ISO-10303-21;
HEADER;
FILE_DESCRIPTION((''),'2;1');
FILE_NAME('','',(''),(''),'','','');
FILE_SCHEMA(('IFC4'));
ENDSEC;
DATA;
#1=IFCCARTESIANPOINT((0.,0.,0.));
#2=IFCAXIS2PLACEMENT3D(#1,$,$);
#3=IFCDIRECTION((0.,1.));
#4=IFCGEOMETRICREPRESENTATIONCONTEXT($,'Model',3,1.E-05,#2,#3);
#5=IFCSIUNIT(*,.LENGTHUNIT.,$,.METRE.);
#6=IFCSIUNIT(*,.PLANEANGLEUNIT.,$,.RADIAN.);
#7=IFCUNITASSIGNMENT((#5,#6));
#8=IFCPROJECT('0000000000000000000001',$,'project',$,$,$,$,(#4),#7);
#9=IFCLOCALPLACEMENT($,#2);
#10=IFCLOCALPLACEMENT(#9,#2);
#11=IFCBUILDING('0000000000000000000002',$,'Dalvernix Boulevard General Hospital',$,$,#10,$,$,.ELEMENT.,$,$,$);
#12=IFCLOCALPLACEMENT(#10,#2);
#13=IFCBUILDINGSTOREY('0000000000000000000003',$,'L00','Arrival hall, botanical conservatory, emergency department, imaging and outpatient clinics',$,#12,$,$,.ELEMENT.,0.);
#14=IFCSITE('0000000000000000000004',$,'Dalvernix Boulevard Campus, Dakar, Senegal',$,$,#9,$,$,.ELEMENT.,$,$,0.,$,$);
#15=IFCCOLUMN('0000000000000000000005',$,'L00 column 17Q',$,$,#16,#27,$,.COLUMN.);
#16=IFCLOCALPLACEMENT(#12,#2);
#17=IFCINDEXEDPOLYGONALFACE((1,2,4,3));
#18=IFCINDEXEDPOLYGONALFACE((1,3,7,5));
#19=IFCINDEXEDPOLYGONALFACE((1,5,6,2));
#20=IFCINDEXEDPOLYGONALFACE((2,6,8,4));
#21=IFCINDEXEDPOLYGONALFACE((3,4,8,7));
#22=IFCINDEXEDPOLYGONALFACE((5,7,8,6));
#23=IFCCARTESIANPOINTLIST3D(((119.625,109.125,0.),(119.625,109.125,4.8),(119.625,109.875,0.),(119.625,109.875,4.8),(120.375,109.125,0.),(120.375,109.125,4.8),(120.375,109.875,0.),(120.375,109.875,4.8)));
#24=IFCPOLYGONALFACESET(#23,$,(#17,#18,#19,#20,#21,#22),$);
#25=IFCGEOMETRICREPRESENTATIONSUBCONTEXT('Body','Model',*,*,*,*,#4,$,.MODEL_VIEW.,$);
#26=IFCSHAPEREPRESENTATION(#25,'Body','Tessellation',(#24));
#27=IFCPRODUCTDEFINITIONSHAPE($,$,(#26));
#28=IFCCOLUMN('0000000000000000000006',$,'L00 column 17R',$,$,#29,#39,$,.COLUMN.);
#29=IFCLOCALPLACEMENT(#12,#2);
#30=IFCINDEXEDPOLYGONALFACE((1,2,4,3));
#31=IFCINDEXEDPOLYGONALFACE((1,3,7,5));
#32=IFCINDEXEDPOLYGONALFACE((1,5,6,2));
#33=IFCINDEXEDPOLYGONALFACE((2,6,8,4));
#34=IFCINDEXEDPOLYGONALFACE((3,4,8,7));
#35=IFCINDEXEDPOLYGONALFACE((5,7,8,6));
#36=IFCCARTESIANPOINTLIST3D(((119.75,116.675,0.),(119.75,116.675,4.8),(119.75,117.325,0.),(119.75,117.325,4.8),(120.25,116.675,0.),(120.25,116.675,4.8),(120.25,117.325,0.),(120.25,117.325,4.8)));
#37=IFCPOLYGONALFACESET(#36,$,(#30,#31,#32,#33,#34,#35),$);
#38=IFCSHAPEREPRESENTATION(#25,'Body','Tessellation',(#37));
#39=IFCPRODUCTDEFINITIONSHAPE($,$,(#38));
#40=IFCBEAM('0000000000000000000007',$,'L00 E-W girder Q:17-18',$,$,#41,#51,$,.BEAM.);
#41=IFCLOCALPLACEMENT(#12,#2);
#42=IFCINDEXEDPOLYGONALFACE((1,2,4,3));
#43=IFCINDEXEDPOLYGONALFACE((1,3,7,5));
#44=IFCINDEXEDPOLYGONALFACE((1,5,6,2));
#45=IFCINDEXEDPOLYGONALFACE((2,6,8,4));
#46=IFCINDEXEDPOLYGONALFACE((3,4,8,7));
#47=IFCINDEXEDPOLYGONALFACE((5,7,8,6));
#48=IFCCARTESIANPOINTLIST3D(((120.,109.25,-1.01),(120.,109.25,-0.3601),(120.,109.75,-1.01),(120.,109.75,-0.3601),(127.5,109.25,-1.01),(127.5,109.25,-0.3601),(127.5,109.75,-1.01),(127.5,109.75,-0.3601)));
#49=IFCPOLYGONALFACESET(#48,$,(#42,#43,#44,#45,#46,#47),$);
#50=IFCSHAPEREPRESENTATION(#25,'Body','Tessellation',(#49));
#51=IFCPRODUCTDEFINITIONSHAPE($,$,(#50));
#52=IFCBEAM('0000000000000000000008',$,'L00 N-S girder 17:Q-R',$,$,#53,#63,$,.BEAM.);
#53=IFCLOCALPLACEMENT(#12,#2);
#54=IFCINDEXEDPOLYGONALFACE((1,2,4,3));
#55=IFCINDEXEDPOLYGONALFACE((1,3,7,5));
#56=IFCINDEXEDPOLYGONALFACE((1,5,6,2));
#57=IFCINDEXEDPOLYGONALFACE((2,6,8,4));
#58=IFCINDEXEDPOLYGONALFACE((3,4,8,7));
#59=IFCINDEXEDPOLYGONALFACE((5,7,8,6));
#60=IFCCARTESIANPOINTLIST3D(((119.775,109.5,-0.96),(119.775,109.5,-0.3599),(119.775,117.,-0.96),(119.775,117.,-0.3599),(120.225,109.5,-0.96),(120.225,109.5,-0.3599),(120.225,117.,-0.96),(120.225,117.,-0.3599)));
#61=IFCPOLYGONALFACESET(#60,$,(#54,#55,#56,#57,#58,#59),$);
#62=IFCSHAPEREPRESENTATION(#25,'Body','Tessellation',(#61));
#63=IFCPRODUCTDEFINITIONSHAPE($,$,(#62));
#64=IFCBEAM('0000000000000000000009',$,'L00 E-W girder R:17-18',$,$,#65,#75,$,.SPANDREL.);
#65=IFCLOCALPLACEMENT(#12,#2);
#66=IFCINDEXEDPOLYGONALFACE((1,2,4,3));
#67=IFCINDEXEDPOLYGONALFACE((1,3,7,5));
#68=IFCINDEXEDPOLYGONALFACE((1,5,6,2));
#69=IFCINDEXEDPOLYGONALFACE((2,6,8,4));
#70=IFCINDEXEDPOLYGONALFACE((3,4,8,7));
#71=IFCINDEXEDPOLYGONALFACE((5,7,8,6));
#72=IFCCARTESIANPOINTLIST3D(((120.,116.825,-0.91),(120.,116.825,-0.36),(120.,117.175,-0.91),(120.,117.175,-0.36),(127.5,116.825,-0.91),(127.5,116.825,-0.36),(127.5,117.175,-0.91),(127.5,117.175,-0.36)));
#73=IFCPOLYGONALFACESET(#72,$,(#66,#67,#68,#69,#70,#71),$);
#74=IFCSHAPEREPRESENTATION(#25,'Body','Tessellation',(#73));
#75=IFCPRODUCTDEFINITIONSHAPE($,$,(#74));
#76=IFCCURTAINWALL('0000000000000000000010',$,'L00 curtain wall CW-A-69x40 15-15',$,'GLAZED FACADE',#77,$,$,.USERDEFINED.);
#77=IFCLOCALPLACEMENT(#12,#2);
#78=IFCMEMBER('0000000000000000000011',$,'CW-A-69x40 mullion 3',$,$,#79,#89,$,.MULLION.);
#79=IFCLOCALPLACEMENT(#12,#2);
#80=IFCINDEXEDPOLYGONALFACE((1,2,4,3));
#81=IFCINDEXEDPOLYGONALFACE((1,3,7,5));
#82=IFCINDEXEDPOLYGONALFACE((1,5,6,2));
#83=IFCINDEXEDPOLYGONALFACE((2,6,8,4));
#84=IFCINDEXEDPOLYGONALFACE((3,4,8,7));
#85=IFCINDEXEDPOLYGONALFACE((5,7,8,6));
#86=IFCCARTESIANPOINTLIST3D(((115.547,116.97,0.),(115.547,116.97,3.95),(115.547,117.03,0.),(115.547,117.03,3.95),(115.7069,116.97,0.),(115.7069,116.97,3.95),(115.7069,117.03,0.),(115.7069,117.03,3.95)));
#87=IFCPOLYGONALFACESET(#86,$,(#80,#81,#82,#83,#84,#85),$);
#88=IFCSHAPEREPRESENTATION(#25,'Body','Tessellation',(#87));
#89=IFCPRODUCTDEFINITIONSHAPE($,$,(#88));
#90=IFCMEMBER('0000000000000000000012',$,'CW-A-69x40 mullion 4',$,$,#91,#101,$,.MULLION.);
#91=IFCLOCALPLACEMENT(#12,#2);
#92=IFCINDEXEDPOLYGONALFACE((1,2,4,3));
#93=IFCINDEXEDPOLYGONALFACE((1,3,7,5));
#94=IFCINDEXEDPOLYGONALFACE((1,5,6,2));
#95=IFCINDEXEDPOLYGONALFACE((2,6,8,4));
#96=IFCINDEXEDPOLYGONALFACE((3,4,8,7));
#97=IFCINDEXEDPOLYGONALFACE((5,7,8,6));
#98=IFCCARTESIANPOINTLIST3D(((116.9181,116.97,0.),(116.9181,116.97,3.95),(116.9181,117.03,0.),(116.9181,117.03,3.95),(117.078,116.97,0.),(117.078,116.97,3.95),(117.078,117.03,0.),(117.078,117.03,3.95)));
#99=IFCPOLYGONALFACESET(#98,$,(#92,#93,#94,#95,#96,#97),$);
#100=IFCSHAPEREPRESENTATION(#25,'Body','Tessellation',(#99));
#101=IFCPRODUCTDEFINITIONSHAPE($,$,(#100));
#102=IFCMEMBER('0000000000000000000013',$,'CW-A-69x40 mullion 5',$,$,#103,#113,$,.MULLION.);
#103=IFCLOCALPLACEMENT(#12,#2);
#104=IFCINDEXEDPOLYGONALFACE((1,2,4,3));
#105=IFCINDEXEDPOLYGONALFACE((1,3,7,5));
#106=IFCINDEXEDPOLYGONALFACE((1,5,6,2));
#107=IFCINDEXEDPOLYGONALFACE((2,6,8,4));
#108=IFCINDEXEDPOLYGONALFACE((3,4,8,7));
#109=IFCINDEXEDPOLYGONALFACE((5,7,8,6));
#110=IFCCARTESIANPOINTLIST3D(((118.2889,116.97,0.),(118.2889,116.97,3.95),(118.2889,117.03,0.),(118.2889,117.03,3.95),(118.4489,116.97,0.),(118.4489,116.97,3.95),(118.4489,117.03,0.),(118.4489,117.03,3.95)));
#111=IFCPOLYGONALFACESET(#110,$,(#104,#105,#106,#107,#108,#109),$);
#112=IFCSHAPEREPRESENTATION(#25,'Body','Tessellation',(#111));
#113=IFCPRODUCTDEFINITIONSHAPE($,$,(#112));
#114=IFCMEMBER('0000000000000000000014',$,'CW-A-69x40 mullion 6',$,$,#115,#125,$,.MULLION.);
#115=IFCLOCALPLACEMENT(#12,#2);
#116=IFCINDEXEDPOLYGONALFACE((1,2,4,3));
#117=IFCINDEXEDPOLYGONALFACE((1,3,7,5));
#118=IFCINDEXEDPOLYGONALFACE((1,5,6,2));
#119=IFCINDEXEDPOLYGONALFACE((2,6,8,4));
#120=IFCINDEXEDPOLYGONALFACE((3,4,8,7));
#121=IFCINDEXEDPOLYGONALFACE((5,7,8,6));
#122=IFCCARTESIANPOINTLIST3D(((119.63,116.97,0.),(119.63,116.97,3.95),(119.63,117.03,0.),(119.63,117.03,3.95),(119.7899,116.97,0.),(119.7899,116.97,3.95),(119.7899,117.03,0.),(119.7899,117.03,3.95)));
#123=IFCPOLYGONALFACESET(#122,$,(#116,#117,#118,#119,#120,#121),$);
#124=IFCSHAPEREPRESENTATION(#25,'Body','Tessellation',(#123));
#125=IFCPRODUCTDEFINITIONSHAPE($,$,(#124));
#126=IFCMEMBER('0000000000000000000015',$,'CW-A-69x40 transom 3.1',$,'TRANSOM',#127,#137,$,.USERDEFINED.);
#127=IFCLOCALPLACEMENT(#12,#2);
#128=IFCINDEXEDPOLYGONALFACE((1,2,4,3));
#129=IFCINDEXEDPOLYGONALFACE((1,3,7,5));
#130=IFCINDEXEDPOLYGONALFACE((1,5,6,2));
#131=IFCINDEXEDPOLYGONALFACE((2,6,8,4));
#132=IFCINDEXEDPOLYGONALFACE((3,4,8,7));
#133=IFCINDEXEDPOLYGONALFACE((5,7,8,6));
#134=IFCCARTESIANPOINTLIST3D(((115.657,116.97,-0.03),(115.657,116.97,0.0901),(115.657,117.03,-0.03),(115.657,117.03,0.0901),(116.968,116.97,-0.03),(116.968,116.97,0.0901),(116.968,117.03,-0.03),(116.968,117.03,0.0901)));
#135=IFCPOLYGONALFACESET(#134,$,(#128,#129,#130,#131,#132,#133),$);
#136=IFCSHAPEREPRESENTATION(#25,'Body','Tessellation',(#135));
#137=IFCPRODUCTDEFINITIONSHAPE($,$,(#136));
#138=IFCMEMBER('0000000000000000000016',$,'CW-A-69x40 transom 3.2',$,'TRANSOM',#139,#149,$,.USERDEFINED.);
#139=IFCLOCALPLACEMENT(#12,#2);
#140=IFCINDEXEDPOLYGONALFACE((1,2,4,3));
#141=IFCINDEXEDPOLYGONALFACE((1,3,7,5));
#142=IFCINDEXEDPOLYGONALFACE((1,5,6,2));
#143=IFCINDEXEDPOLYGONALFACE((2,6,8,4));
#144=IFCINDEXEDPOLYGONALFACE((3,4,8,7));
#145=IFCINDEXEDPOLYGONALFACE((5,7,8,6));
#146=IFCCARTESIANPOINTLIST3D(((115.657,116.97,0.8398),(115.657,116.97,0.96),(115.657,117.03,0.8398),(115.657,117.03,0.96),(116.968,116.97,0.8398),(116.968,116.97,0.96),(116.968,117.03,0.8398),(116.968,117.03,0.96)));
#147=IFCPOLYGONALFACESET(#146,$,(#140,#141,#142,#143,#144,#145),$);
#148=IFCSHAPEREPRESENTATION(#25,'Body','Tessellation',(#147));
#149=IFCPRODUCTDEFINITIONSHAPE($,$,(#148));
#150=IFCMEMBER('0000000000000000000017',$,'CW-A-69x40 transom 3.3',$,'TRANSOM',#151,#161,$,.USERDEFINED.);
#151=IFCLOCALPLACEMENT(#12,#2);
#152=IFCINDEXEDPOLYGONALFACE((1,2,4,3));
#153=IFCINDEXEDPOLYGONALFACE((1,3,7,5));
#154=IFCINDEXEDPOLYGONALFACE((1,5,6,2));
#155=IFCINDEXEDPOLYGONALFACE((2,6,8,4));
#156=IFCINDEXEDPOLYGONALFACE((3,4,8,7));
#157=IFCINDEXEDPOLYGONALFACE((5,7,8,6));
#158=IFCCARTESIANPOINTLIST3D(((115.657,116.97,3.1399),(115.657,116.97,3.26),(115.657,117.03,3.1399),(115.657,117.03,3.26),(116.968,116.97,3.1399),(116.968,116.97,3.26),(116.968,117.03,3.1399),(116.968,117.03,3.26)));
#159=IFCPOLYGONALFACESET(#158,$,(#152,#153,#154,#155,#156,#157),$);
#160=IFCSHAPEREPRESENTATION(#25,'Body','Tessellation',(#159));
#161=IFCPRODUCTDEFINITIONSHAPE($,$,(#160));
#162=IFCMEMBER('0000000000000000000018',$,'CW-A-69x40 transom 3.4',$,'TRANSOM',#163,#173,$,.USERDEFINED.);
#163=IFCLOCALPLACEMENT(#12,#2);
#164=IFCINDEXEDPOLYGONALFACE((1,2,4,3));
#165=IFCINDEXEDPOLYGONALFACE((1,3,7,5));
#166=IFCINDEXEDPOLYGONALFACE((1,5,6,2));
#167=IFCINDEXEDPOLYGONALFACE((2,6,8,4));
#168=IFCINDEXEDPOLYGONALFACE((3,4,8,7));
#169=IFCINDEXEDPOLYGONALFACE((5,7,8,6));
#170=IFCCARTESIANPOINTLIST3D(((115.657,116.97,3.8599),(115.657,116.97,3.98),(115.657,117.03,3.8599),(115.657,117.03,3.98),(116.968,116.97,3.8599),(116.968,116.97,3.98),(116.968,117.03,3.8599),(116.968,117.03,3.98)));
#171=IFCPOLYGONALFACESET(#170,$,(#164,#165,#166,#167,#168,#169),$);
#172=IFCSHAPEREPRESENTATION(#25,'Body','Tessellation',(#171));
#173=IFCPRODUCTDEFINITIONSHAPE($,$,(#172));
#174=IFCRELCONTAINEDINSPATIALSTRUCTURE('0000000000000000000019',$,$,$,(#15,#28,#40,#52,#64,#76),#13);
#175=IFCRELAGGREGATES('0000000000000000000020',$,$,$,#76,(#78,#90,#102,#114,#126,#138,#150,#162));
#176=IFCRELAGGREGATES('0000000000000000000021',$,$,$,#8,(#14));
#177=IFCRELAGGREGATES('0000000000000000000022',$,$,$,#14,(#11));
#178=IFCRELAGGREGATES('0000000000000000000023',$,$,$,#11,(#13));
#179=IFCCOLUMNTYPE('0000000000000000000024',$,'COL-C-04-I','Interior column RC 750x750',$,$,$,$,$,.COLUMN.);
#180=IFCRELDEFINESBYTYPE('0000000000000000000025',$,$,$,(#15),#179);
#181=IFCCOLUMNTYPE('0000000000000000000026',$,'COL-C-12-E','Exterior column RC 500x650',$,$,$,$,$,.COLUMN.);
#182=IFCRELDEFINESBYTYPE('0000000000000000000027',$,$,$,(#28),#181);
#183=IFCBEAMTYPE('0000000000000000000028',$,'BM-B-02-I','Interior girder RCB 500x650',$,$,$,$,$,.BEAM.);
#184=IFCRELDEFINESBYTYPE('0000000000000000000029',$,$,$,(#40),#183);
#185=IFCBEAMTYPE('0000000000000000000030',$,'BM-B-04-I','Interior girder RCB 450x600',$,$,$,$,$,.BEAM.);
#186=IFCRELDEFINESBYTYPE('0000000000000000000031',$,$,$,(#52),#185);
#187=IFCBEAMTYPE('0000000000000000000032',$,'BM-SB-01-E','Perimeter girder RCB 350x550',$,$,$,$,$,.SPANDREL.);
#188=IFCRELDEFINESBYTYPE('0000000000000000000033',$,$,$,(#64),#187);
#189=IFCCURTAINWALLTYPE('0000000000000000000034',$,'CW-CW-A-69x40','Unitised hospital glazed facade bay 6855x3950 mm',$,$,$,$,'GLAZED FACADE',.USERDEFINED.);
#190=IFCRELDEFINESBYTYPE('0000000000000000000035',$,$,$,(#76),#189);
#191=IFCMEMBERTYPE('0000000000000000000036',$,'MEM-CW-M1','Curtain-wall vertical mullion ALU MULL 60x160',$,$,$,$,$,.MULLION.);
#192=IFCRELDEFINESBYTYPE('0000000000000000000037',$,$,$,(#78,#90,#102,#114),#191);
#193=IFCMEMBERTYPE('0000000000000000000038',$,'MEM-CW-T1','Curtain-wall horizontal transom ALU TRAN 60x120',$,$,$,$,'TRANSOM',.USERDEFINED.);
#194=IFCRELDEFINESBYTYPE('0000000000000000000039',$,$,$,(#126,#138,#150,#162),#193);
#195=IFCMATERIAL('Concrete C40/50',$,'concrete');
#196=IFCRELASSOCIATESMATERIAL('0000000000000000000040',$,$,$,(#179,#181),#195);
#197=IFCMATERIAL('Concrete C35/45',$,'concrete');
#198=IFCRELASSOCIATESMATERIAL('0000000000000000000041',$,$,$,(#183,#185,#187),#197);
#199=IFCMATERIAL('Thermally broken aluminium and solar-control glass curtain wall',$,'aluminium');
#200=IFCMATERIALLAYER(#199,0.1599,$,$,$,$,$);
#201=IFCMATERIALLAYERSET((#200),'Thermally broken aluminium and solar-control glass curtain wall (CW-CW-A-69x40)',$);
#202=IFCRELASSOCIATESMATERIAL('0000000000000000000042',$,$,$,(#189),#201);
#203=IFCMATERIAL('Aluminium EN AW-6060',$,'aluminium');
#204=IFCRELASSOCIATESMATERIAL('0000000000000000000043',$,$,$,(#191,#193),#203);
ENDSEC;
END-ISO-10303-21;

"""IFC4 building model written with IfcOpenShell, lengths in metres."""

from ifc_helpers import new_model, si_unit, direction, frame, origin, origin_2d, place, context, subcontext, project, spatial, rectangle, extrude, material, layer, layer_set, material_profile, profile_set, type_object, element, aggregate, save


model = new_model("IFC4")

# Units and contexts
model_context = context("Model", 3, precision=1e-05, world=origin(), true_north=direction((0.0, 1.0)))
body_context = subcontext(model_context, "Body", "Model", "MODEL_VIEW")
ifc_project = project(units=[si_unit("LENGTHUNIT", "METRE"), si_unit("PLANEANGLEUNIT", "RADIAN")], contexts=[model_context])

# Site, building, storey
site_placement = place(None, origin())
site = spatial("IfcSite", under=ifc_project, at=site_placement, Name="Dalvernix Boulevard Campus, Dakar, Senegal", CompositionType="ELEMENT", RefElevation=0.0)
building_placement = place(site_placement, origin())
building = spatial("IfcBuilding", under=site, at=building_placement, Name="Dalvernix Boulevard General Hospital", CompositionType="ELEMENT")
storey_placement = place(building_placement, origin())
storey = spatial("IfcBuildingStorey", under=building, at=storey_placement, Name="L00", Description="Arrival hall, botanical conservatory, emergency department, imaging and outpatient clinics", CompositionType="ELEMENT", Elevation=0.0)

# Columns
ifc_material_1 = material(Name="Concrete C40/50", Category="concrete")
ifc_material_profile_1 = material_profile(ifc_material_1, rectangle(XDim=0.75, YDim=0.75, at=origin_2d()), Name="RC 750x750")
ifc_profile_set_1 = profile_set([ifc_material_profile_1], Name="Concrete C40/50")
column_type_1 = type_object("IfcColumnType", Name="COL-C-04-I", Description="Interior column RC 750x750", PredefinedType="COLUMN", material=ifc_profile_set_1)
column_1_placement = place(storey_placement, frame((120.0, 109.5, 0.0), z_axis=(0.0, 0.0, 1.0), x_axis=(1.0, 0.0, 0.0)))
element("IfcColumn", 1, at=column_1_placement, inside=storey, type_object=column_type_1, Name="L00 column 17Q", PredefinedType="COLUMN", context=body_context, shape_type="SweptSolid", body=[
    extrude(rectangle(XDim=0.75, YDim=0.75, at=origin_2d()), origin(), (0.0, 0.0, 1.0), 4.8),
])
ifc_material_profile_2 = material_profile(ifc_material_1, rectangle(XDim=0.5, YDim=0.6499, at=origin_2d()), Name="RC 500x650")
ifc_profile_set_2 = profile_set([ifc_material_profile_2], Name="Concrete C40/50")
column_type_2 = type_object("IfcColumnType", Name="COL-C-12-E", Description="Exterior column RC 500x650", PredefinedType="COLUMN", material=ifc_profile_set_2)
column_2_placement = place(storey_placement, frame((120.0, 117.0, 0.0), z_axis=(0.0, 0.0, 1.0), x_axis=(1.0, 0.0, 0.0)))
element("IfcColumn", 2, at=column_2_placement, inside=storey, type_object=column_type_2, Name="L00 column 17R", PredefinedType="COLUMN", context=body_context, shape_type="SweptSolid", body=[
    extrude(rectangle(XDim=0.5, YDim=0.6499, at=origin_2d()), origin(), (0.0, 0.0, 1.0), 4.8),
])

# Beams
ifc_material_2 = material(Name="Concrete C35/45", Category="concrete")
ifc_material_profile_3 = material_profile(ifc_material_2, rectangle(XDim=0.5, YDim=0.6499, at=origin_2d()), Name="RCB 500x650")
ifc_profile_set_3 = profile_set([ifc_material_profile_3], Name="Concrete C35/45")
beam_type_1 = type_object("IfcBeamType", Name="BM-B-02-I", Description="Interior girder RCB 500x650", PredefinedType="BEAM", material=ifc_profile_set_3)
beam_1_placement = place(storey_placement, frame((120.0, 109.5, -0.6851), z_axis=(1.0, 0.0, 0.0), x_axis=(0.0, 1.0, 0.0)))
element("IfcBeam", 3, at=beam_1_placement, inside=storey, type_object=beam_type_1, Name="L00 E-W girder Q:17-18", PredefinedType="BEAM", context=body_context, shape_type="SweptSolid", body=[
    extrude(rectangle(XDim=0.5, YDim=0.6499, at=origin_2d()), origin(), (0.0, 0.0, 1.0), 7.5),
])
ifc_material_profile_4 = material_profile(ifc_material_2, rectangle(XDim=0.45, YDim=0.6001, at=origin_2d()), Name="RCB 450x600")
ifc_profile_set_4 = profile_set([ifc_material_profile_4], Name="Concrete C35/45")
beam_type_2 = type_object("IfcBeamType", Name="BM-B-04-I", Description="Interior girder RCB 450x600", PredefinedType="BEAM", material=ifc_profile_set_4)
beam_2_placement = place(storey_placement, frame((120.0, 109.5, -0.6599), z_axis=(0.0, 1.0, 0.0), x_axis=(-1.0, 0.0, 0.0)))
element("IfcBeam", 4, at=beam_2_placement, inside=storey, type_object=beam_type_2, Name="L00 N-S girder 17:Q-R", PredefinedType="BEAM", context=body_context, shape_type="SweptSolid", body=[
    extrude(rectangle(XDim=0.45, YDim=0.6001, at=origin_2d()), origin(), (0.0, 0.0, 1.0), 7.5),
])
ifc_material_profile_5 = material_profile(ifc_material_2, rectangle(XDim=0.3501, YDim=0.55, at=origin_2d()), Name="RCB 350x550")
ifc_profile_set_5 = profile_set([ifc_material_profile_5], Name="Concrete C35/45")
beam_type_3 = type_object("IfcBeamType", Name="BM-SB-01-E", Description="Perimeter girder RCB 350x550", PredefinedType="SPANDREL", material=ifc_profile_set_5)
beam_3_placement = place(storey_placement, frame((120.0, 117.0, -0.635), z_axis=(1.0, 0.0, 0.0), x_axis=(0.0, 1.0, 0.0)))
element("IfcBeam", 5, at=beam_3_placement, inside=storey, type_object=beam_type_3, Name="L00 E-W girder R:17-18", PredefinedType="SPANDREL", context=body_context, shape_type="SweptSolid", body=[
    extrude(rectangle(XDim=0.3501, YDim=0.55, at=origin_2d()), origin(), (0.0, 0.0, 1.0), 7.5),
])

# Curtain wall, members
ifc_material_3 = material(Name="Thermally broken aluminium and solar-control glass curtain wall", Category="aluminium")
ifc_layer_1 = layer(ifc_material_3, 0.1599)
ifc_layer_set_1 = layer_set([ifc_layer_1], Name="Thermally broken aluminium and solar-control glass curtain wall (CW-CW-A-69x40)")
curtain_wall_type = type_object("IfcCurtainWallType", Name="CW-CW-A-69x40", Description="Unitised hospital glazed facade bay 6855x3950 mm", ElementType="GLAZED FACADE", PredefinedType="USERDEFINED", material=ifc_layer_set_1)
curtain_wall_placement = place(storey_placement, origin())
curtain_wall = element("IfcCurtainWall", 6, at=curtain_wall_placement, inside=storey, type_object=curtain_wall_type, Name="L00 curtain wall CW-A-69x40 15-15", ObjectType="GLAZED FACADE", PredefinedType="USERDEFINED")
ifc_material_4 = material(Name="Aluminium EN AW-6060", Category="aluminium")
ifc_material_profile_6 = material_profile(ifc_material_4, rectangle(XDim=0.0601, YDim=0.1599, at=origin_2d()), Name="ALU MULL 60x160")
ifc_profile_set_6 = profile_set([ifc_material_profile_6], Name="Aluminium EN AW-6060")
member_type_1 = type_object("IfcMemberType", Name="MEM-CW-M1", Description="Curtain-wall vertical mullion ALU MULL 60x160", PredefinedType="MULLION", material=ifc_profile_set_6)
member_1_placement = place(storey_placement, frame((115.627, 117.0, 0.0), z_axis=(0.0, 0.0, 1.0), x_axis=(0.0, 1.0, 0.0)))
member_1 = element("IfcMember", 7, at=member_1_placement, type_object=member_type_1, Name="CW-A-69x40 mullion 3", PredefinedType="MULLION", context=body_context, shape_type="SweptSolid", body=[
    extrude(rectangle(XDim=0.0601, YDim=0.1599, at=origin_2d()), origin(), (0.0, 0.0, 1.0), 3.95),
])
member_2_placement = place(storey_placement, frame((116.998, 117.0, 0.0), z_axis=(0.0, 0.0, 1.0), x_axis=(0.0, 1.0, 0.0)))
member_2 = element("IfcMember", 8, at=member_2_placement, type_object=member_type_1, Name="CW-A-69x40 mullion 4", PredefinedType="MULLION", context=body_context, shape_type="SweptSolid", body=[
    extrude(rectangle(XDim=0.0601, YDim=0.1599, at=origin_2d()), origin(), (0.0, 0.0, 1.0), 3.95),
])
member_3_placement = place(storey_placement, frame((118.3689, 117.0, 0.0), z_axis=(0.0, 0.0, 1.0), x_axis=(0.0, 1.0, 0.0)))
member_3 = element("IfcMember", 9, at=member_3_placement, type_object=member_type_1, Name="CW-A-69x40 mullion 5", PredefinedType="MULLION", context=body_context, shape_type="SweptSolid", body=[
    extrude(rectangle(XDim=0.0601, YDim=0.1599, at=origin_2d()), origin(), (0.0, 0.0, 1.0), 3.95),
])
member_4_placement = place(storey_placement, frame((119.71, 117.0, 0.0), z_axis=(0.0, 0.0, 1.0), x_axis=(0.0, 1.0, 0.0)))
member_4 = element("IfcMember", 10, at=member_4_placement, type_object=member_type_1, Name="CW-A-69x40 mullion 6", PredefinedType="MULLION", context=body_context, shape_type="SweptSolid", body=[
    extrude(rectangle(XDim=0.0601, YDim=0.1599, at=origin_2d()), origin(), (0.0, 0.0, 1.0), 3.95),
])
ifc_material_profile_7 = material_profile(ifc_material_4, rectangle(XDim=0.0601, YDim=0.1201, at=origin_2d()), Name="ALU TRAN 60x120")
ifc_profile_set_7 = profile_set([ifc_material_profile_7], Name="Aluminium EN AW-6060")
member_type_2 = type_object("IfcMemberType", Name="MEM-CW-T1", Description="Curtain-wall horizontal transom ALU TRAN 60x120", ElementType="TRANSOM", PredefinedType="USERDEFINED", material=ifc_profile_set_7)
member_5_placement = place(storey_placement, frame((115.657, 117.0, 0.03), z_axis=(1.0, 0.0, 0.0), x_axis=(0.0, 1.0, 0.0)))
member_5 = element("IfcMember", 11, at=member_5_placement, type_object=member_type_2, Name="CW-A-69x40 transom 3.1", ObjectType="TRANSOM", PredefinedType="USERDEFINED", context=body_context, shape_type="SweptSolid", body=[
    extrude(rectangle(XDim=0.0601, YDim=0.1201, at=origin_2d()), origin(), (0.0, 0.0, 1.0), 1.311),
])
member_6_placement = place(storey_placement, frame((115.657, 117.0, 0.8999), z_axis=(1.0, 0.0, 0.0), x_axis=(0.0, 1.0, 0.0)))
member_6 = element("IfcMember", 12, at=member_6_placement, type_object=member_type_2, Name="CW-A-69x40 transom 3.2", ObjectType="TRANSOM", PredefinedType="USERDEFINED", context=body_context, shape_type="SweptSolid", body=[
    extrude(rectangle(XDim=0.0601, YDim=0.1201, at=origin_2d()), origin(), (0.0, 0.0, 1.0), 1.311),
])
member_7_placement = place(storey_placement, frame((115.657, 117.0, 3.2), z_axis=(1.0, 0.0, 0.0), x_axis=(0.0, 1.0, 0.0)))
member_7 = element("IfcMember", 13, at=member_7_placement, type_object=member_type_2, Name="CW-A-69x40 transom 3.3", ObjectType="TRANSOM", PredefinedType="USERDEFINED", context=body_context, shape_type="SweptSolid", body=[
    extrude(rectangle(XDim=0.0601, YDim=0.1201, at=origin_2d()), origin(), (0.0, 0.0, 1.0), 1.311),
])
member_8_placement = place(storey_placement, frame((115.657, 117.0, 3.9199), z_axis=(1.0, 0.0, 0.0), x_axis=(0.0, 1.0, 0.0)))
member_8 = element("IfcMember", 14, at=member_8_placement, type_object=member_type_2, Name="CW-A-69x40 transom 3.4", ObjectType="TRANSOM", PredefinedType="USERDEFINED", context=body_context, shape_type="SweptSolid", body=[
    extrude(rectangle(XDim=0.0601, YDim=0.1201, at=origin_2d()), origin(), (0.0, 0.0, 1.0), 1.311),
])
aggregate(curtain_wall, [member_1, member_2, member_3, member_4, member_5, member_6, member_7, member_8])

save(model, "model.ifc")
